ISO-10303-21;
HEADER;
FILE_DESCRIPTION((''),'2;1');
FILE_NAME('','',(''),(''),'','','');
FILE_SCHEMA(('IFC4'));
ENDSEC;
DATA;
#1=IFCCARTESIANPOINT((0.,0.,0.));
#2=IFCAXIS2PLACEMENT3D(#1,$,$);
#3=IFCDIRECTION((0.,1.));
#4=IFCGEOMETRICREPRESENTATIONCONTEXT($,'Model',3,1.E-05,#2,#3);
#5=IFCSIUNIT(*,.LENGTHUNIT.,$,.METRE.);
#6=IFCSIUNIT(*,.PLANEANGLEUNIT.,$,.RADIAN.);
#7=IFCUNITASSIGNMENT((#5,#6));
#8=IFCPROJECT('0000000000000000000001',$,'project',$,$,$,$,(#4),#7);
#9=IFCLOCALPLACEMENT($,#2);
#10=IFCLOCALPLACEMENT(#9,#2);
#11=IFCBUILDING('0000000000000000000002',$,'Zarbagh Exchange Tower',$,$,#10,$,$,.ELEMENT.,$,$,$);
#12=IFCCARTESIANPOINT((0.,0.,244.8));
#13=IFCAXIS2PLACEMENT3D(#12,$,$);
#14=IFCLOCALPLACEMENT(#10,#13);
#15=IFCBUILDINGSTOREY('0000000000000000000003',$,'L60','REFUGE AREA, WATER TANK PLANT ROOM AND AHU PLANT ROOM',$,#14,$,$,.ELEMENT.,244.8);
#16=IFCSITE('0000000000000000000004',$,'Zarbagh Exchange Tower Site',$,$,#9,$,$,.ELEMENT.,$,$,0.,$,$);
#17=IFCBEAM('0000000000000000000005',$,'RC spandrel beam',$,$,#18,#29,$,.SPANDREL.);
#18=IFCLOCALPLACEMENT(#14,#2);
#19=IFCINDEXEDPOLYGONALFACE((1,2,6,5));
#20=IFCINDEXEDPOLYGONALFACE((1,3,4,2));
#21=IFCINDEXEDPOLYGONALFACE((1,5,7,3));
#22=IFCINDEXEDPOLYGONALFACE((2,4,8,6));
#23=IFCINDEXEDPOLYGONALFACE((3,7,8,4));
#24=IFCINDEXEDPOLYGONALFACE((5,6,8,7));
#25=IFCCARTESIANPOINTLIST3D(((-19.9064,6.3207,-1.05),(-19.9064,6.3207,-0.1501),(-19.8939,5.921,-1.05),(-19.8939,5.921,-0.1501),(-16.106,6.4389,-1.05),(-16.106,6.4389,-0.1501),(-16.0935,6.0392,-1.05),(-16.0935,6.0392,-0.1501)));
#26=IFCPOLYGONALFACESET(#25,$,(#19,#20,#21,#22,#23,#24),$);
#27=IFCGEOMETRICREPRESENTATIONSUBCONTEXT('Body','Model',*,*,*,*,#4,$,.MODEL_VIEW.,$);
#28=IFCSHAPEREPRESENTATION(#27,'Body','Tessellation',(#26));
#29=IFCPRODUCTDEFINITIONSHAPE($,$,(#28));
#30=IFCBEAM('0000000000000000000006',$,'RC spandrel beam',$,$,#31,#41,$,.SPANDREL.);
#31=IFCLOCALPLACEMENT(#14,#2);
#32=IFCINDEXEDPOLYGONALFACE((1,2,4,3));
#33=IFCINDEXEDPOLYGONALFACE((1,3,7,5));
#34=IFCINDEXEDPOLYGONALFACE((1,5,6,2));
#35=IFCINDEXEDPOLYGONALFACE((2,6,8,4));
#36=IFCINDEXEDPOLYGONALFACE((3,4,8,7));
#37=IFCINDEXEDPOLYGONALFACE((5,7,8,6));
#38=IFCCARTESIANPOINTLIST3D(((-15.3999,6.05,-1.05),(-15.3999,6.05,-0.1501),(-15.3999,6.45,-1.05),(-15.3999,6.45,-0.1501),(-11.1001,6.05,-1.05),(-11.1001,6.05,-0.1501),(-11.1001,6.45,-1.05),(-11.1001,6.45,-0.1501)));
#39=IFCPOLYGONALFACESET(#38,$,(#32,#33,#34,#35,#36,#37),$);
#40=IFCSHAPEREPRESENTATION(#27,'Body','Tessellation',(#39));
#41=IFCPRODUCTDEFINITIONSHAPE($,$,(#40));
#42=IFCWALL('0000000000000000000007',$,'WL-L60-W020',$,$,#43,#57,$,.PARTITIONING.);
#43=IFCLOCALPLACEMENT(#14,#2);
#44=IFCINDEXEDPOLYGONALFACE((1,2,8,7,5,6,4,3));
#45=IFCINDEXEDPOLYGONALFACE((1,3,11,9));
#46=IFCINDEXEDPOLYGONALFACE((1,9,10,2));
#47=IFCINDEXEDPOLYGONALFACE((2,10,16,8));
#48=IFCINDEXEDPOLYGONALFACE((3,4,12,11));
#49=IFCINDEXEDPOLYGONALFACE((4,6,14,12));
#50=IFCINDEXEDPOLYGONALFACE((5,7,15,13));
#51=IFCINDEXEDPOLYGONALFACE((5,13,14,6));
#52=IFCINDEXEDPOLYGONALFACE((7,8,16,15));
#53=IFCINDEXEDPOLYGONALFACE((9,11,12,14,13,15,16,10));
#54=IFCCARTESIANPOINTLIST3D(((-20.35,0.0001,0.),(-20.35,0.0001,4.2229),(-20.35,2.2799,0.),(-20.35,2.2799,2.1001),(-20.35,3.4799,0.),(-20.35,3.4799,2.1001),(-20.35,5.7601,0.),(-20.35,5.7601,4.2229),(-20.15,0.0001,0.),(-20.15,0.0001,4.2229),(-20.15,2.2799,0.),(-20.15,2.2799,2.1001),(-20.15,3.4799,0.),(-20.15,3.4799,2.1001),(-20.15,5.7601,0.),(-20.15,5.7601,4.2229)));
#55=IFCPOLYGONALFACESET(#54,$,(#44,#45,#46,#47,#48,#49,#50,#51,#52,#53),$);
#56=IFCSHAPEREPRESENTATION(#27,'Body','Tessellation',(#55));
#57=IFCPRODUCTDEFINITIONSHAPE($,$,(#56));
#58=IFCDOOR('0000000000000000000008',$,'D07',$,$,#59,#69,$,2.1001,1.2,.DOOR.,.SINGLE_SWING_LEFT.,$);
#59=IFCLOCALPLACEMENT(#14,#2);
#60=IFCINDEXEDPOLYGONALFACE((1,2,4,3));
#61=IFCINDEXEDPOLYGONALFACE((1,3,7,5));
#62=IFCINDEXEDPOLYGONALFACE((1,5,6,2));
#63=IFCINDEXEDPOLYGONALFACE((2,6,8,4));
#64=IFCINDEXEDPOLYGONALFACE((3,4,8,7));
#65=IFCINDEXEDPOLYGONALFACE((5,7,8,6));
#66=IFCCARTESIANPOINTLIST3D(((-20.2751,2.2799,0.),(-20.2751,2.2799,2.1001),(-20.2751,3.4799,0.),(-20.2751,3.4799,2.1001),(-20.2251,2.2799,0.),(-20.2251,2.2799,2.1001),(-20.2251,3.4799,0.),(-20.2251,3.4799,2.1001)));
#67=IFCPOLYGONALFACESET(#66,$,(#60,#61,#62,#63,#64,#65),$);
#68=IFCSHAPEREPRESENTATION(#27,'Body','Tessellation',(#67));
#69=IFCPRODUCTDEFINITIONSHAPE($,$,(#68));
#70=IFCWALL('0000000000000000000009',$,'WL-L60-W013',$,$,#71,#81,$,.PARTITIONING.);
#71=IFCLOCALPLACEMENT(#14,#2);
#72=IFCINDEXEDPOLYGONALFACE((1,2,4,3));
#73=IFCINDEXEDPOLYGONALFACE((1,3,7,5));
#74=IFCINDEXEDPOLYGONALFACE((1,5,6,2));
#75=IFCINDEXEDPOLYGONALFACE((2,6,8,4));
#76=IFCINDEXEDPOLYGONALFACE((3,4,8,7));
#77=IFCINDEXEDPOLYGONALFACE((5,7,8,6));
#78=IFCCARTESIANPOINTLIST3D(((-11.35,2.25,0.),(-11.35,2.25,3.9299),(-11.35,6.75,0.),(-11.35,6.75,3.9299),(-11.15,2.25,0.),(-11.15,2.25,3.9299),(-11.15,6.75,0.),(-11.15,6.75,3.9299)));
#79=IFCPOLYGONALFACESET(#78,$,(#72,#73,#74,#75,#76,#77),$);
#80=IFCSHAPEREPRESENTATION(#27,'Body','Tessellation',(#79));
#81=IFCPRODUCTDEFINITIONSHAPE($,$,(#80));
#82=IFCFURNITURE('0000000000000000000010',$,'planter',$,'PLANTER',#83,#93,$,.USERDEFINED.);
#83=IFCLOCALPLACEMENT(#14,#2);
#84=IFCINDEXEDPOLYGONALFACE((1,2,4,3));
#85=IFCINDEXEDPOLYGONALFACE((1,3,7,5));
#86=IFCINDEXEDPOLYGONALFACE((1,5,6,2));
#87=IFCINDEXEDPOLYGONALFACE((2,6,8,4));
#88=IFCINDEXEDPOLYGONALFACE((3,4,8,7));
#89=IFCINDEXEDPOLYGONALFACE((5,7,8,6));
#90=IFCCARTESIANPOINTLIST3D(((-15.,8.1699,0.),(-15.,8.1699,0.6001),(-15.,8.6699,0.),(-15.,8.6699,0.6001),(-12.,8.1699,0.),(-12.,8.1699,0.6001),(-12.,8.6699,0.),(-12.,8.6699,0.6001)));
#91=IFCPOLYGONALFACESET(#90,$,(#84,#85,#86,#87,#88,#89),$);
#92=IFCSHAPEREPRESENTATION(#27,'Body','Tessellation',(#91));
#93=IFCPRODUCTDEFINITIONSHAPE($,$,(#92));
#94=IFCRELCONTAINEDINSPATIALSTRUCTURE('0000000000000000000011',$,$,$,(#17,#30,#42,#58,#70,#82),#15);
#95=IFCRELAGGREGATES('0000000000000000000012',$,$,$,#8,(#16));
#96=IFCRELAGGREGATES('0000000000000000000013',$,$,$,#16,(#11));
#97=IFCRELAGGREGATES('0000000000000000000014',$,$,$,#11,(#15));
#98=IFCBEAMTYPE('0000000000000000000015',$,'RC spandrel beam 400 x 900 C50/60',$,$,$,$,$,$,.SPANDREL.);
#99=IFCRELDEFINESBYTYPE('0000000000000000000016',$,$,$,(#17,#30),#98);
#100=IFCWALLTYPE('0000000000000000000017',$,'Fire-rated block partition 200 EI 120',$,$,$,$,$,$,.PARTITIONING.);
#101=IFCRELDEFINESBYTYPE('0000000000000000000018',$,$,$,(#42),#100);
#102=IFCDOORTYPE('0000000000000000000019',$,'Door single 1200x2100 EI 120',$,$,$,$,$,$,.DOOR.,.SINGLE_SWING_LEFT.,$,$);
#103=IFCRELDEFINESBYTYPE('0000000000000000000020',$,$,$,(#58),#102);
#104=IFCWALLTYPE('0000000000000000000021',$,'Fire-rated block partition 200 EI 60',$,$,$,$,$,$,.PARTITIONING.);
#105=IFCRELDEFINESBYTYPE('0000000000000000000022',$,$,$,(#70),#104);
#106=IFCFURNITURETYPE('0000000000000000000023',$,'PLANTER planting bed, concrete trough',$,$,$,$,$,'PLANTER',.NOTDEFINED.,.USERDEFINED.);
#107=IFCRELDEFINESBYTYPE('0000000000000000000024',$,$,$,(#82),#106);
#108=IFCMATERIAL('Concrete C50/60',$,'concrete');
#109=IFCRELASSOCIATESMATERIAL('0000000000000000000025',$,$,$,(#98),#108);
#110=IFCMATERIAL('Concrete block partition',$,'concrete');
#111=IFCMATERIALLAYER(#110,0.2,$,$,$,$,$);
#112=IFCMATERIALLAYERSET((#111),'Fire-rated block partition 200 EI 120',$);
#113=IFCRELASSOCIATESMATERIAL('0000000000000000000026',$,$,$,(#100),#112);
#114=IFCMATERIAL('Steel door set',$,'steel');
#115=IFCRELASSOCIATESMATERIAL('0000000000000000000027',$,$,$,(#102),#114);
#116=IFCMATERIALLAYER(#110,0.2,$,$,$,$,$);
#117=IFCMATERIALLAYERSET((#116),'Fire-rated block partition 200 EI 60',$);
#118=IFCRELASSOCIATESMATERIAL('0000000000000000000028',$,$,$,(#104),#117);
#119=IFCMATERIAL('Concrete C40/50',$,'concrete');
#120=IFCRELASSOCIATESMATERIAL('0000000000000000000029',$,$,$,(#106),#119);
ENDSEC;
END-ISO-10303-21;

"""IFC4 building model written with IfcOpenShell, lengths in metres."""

from ifc_helpers import new_model, si_unit, direction, frame, frame_2d, origin, origin_2d, place, context, subcontext, project, spatial, rectangle, extrude, material, layer, layer_set, material_profile, profile_set, type_object, element, fill, save


model = new_model("IFC4")

# Units and contexts
model_context = context("Model", 3, precision=1e-05, world=origin(), true_north=direction((0.0, 1.0)))
body_context = subcontext(model_context, "Body", "Model", "MODEL_VIEW")
ifc_project = project(units=[si_unit("LENGTHUNIT", "METRE"), si_unit("PLANEANGLEUNIT", "RADIAN")], contexts=[model_context])

# Site, building, storey
site_placement = place(None, origin())
site = spatial("IfcSite", under=ifc_project, at=site_placement, Name="Zarbagh Exchange Tower Site", CompositionType="ELEMENT", RefElevation=0.0)
building_placement = place(site_placement, origin())
building = spatial("IfcBuilding", under=site, at=building_placement, Name="Zarbagh Exchange Tower", CompositionType="ELEMENT")
storey_placement = place(building_placement, frame((0.0, 0.0, 244.8)))
storey = spatial("IfcBuildingStorey", under=building, at=storey_placement, Name="L60", Description="REFUGE AREA, WATER TANK PLANT ROOM AND AHU PLANT ROOM", CompositionType="ELEMENT", Elevation=244.8)

# Shared definitions
ifc_material_1 = material(Name="Concrete C50/60", Category="concrete")

# Beams
ifc_material_2 = material(Name="Concrete C40/50", Category="concrete")
ifc_material_profile_1 = material_profile(ifc_material_1, rectangle(XDim=0.3999, YDim=0.8999, at=origin_2d()), Name="RC spandrel beam 400 x 900 C50/60")
ifc_profile_set_1 = profile_set([ifc_material_profile_1], Name="Concrete C50/60")
beam_type_1 = type_object("IfcBeamType", Name="RC spandrel beam 400 x 900 C50/60", PredefinedType="SPANDREL", material=ifc_profile_set_1)
for number, where, z_axis, x_axis, name in (
    (1, (-19.9001, 6.1208, -0.6001), (0.999517, 0.031078, 0.0), (-0.031078, 0.999517, 0.0), "RC spandrel beam"),
):
    element("IfcBeam", number, at=place(storey_placement, frame(where, z_axis=z_axis, x_axis=x_axis)), inside=storey, type_object=beam_type_1, Name=name, PredefinedType="SPANDREL", context=body_context, shape_type="SweptSolid", body=[
        extrude(rectangle(XDim=0.3999, YDim=0.8999, at=origin_2d()), origin(), (0.0, 0.0, 1.0), 3.8022),
    ])
beam_1_placement = place(storey_placement, frame((-15.3999, 6.25, -0.6001), z_axis=(1.0, 0.0, 0.0), x_axis=(0.0, 1.0, 0.0)))
element("IfcBeam", 2, at=beam_1_placement, inside=storey, type_object=beam_type_1, Name="RC spandrel beam", PredefinedType="SPANDREL", context=body_context, shape_type="SweptSolid", body=[
    extrude(rectangle(XDim=0.3999, YDim=0.8999, at=origin_2d()), origin(), (0.0, 0.0, 1.0), 4.2998),
])

# Wall, opening, door
ifc_material_3 = material(Name="Concrete block partition", Category="concrete")
ifc_layer_1 = layer(ifc_material_3, 0.2)
ifc_layer_set_1 = layer_set([ifc_layer_1], Name="Fire-rated block partition 200 EI 120")
wall_type_1 = type_object("IfcWallType", Name="Fire-rated block partition 200 EI 120", PredefinedType="PARTITIONING", material=ifc_layer_set_1)
wall_1_placement = place(storey_placement, frame((-20.25, 5.76, 0.0), z_axis=(0.0, 0.0, 1.0), x_axis=(0.0, -1.0, 0.0)))
wall_1 = element("IfcWall", 3, at=wall_1_placement, inside=storey, type_object=wall_type_1, Name="WL-L60-W020", PredefinedType="PARTITIONING", context=body_context, shape_type="SweptSolid", body=[
    extrude(rectangle(XDim=5.76, YDim=0.2, at=frame_2d((2.8799, 0.0))), origin(), (0.0, 0.0, 1.0), 4.2229),
])
opening_placement = place(wall_1_placement, frame((2.28, 0.0, 0.0)))
opening = element("IfcOpeningElement", 4, at=opening_placement, cuts=wall_1, PredefinedType="OPENING", context=body_context, shape_type="SweptSolid", body=[
    extrude(rectangle(XDim=1.2, YDim=2.1001, at=frame_2d((0.6001, 1.05))), frame((0.0, 0.1099, 0.0), z_axis=(0.0, -1.0, 0.0), x_axis=(1.0, 0.0, 0.0)), (0.0, 0.0, 1.0), 0.22),
])
ifc_material_4 = material(Name="Steel door set", Category="steel")
door_type = type_object("IfcDoorType", Name="Door single 1200x2100 EI 120", OperationType="SINGLE_SWING_LEFT", PredefinedType="DOOR", material=ifc_material_4)
door_placement = place(opening_placement, origin())
door = element("IfcDoor", 5, at=door_placement, inside=storey, type_object=door_type, Name="D07", OperationType="SINGLE_SWING_LEFT", OverallHeight=2.1001, OverallWidth=1.2, PredefinedType="DOOR", context=body_context, shape_type="SweptSolid", body=[
    extrude(rectangle(XDim=1.2, YDim=2.1001, at=frame_2d((0.6001, 1.05))), frame((0.0, 0.0249, 0.0), z_axis=(0.0, -1.0, 0.0), x_axis=(1.0, 0.0, 0.0)), (0.0, 0.0, 1.0), 0.05),
])
fill(opening, door)

# Wall
ifc_layer_2 = layer(ifc_material_3, 0.2)
ifc_layer_set_2 = layer_set([ifc_layer_2], Name="Fire-rated block partition 200 EI 60")
wall_type_2 = type_object("IfcWallType", Name="Fire-rated block partition 200 EI 60", PredefinedType="PARTITIONING", material=ifc_layer_set_2)
wall_2_placement = place(storey_placement, frame((-11.25, 2.25, 0.0), z_axis=(0.0, 0.0, 1.0), x_axis=(0.0, 1.0, 0.0)))
element("IfcWall", 6, at=wall_2_placement, inside=storey, type_object=wall_type_2, Name="WL-L60-W013", PredefinedType="PARTITIONING", context=body_context, shape_type="SweptSolid", body=[
    extrude(rectangle(XDim=4.5, YDim=0.2, at=frame_2d((2.25, 0.0))), origin(), (0.0, 0.0, 1.0), 3.9299),
])

# Furniture
furniture_type = type_object("IfcFurnitureType", Name="PLANTER planting bed, concrete trough", ElementType="PLANTER", AssemblyPlace="NOTDEFINED", PredefinedType="USERDEFINED", material=ifc_material_2)
furniture_placement = place(storey_placement, frame((-13.5, 8.4199, 0.0), z_axis=(0.0, 0.0, 1.0), x_axis=(1.0, 0.0, 0.0)))
element("IfcFurniture", 7, at=furniture_placement, inside=storey, type_object=furniture_type, Name="planter", ObjectType="PLANTER", PredefinedType="USERDEFINED", context=body_context, shape_type="SweptSolid", body=[
    extrude(rectangle(XDim=3.0, YDim=0.5, at=origin_2d()), origin(), (0.0, 0.0, 1.0), 0.6001),
])

save(model, "model.ifc")
